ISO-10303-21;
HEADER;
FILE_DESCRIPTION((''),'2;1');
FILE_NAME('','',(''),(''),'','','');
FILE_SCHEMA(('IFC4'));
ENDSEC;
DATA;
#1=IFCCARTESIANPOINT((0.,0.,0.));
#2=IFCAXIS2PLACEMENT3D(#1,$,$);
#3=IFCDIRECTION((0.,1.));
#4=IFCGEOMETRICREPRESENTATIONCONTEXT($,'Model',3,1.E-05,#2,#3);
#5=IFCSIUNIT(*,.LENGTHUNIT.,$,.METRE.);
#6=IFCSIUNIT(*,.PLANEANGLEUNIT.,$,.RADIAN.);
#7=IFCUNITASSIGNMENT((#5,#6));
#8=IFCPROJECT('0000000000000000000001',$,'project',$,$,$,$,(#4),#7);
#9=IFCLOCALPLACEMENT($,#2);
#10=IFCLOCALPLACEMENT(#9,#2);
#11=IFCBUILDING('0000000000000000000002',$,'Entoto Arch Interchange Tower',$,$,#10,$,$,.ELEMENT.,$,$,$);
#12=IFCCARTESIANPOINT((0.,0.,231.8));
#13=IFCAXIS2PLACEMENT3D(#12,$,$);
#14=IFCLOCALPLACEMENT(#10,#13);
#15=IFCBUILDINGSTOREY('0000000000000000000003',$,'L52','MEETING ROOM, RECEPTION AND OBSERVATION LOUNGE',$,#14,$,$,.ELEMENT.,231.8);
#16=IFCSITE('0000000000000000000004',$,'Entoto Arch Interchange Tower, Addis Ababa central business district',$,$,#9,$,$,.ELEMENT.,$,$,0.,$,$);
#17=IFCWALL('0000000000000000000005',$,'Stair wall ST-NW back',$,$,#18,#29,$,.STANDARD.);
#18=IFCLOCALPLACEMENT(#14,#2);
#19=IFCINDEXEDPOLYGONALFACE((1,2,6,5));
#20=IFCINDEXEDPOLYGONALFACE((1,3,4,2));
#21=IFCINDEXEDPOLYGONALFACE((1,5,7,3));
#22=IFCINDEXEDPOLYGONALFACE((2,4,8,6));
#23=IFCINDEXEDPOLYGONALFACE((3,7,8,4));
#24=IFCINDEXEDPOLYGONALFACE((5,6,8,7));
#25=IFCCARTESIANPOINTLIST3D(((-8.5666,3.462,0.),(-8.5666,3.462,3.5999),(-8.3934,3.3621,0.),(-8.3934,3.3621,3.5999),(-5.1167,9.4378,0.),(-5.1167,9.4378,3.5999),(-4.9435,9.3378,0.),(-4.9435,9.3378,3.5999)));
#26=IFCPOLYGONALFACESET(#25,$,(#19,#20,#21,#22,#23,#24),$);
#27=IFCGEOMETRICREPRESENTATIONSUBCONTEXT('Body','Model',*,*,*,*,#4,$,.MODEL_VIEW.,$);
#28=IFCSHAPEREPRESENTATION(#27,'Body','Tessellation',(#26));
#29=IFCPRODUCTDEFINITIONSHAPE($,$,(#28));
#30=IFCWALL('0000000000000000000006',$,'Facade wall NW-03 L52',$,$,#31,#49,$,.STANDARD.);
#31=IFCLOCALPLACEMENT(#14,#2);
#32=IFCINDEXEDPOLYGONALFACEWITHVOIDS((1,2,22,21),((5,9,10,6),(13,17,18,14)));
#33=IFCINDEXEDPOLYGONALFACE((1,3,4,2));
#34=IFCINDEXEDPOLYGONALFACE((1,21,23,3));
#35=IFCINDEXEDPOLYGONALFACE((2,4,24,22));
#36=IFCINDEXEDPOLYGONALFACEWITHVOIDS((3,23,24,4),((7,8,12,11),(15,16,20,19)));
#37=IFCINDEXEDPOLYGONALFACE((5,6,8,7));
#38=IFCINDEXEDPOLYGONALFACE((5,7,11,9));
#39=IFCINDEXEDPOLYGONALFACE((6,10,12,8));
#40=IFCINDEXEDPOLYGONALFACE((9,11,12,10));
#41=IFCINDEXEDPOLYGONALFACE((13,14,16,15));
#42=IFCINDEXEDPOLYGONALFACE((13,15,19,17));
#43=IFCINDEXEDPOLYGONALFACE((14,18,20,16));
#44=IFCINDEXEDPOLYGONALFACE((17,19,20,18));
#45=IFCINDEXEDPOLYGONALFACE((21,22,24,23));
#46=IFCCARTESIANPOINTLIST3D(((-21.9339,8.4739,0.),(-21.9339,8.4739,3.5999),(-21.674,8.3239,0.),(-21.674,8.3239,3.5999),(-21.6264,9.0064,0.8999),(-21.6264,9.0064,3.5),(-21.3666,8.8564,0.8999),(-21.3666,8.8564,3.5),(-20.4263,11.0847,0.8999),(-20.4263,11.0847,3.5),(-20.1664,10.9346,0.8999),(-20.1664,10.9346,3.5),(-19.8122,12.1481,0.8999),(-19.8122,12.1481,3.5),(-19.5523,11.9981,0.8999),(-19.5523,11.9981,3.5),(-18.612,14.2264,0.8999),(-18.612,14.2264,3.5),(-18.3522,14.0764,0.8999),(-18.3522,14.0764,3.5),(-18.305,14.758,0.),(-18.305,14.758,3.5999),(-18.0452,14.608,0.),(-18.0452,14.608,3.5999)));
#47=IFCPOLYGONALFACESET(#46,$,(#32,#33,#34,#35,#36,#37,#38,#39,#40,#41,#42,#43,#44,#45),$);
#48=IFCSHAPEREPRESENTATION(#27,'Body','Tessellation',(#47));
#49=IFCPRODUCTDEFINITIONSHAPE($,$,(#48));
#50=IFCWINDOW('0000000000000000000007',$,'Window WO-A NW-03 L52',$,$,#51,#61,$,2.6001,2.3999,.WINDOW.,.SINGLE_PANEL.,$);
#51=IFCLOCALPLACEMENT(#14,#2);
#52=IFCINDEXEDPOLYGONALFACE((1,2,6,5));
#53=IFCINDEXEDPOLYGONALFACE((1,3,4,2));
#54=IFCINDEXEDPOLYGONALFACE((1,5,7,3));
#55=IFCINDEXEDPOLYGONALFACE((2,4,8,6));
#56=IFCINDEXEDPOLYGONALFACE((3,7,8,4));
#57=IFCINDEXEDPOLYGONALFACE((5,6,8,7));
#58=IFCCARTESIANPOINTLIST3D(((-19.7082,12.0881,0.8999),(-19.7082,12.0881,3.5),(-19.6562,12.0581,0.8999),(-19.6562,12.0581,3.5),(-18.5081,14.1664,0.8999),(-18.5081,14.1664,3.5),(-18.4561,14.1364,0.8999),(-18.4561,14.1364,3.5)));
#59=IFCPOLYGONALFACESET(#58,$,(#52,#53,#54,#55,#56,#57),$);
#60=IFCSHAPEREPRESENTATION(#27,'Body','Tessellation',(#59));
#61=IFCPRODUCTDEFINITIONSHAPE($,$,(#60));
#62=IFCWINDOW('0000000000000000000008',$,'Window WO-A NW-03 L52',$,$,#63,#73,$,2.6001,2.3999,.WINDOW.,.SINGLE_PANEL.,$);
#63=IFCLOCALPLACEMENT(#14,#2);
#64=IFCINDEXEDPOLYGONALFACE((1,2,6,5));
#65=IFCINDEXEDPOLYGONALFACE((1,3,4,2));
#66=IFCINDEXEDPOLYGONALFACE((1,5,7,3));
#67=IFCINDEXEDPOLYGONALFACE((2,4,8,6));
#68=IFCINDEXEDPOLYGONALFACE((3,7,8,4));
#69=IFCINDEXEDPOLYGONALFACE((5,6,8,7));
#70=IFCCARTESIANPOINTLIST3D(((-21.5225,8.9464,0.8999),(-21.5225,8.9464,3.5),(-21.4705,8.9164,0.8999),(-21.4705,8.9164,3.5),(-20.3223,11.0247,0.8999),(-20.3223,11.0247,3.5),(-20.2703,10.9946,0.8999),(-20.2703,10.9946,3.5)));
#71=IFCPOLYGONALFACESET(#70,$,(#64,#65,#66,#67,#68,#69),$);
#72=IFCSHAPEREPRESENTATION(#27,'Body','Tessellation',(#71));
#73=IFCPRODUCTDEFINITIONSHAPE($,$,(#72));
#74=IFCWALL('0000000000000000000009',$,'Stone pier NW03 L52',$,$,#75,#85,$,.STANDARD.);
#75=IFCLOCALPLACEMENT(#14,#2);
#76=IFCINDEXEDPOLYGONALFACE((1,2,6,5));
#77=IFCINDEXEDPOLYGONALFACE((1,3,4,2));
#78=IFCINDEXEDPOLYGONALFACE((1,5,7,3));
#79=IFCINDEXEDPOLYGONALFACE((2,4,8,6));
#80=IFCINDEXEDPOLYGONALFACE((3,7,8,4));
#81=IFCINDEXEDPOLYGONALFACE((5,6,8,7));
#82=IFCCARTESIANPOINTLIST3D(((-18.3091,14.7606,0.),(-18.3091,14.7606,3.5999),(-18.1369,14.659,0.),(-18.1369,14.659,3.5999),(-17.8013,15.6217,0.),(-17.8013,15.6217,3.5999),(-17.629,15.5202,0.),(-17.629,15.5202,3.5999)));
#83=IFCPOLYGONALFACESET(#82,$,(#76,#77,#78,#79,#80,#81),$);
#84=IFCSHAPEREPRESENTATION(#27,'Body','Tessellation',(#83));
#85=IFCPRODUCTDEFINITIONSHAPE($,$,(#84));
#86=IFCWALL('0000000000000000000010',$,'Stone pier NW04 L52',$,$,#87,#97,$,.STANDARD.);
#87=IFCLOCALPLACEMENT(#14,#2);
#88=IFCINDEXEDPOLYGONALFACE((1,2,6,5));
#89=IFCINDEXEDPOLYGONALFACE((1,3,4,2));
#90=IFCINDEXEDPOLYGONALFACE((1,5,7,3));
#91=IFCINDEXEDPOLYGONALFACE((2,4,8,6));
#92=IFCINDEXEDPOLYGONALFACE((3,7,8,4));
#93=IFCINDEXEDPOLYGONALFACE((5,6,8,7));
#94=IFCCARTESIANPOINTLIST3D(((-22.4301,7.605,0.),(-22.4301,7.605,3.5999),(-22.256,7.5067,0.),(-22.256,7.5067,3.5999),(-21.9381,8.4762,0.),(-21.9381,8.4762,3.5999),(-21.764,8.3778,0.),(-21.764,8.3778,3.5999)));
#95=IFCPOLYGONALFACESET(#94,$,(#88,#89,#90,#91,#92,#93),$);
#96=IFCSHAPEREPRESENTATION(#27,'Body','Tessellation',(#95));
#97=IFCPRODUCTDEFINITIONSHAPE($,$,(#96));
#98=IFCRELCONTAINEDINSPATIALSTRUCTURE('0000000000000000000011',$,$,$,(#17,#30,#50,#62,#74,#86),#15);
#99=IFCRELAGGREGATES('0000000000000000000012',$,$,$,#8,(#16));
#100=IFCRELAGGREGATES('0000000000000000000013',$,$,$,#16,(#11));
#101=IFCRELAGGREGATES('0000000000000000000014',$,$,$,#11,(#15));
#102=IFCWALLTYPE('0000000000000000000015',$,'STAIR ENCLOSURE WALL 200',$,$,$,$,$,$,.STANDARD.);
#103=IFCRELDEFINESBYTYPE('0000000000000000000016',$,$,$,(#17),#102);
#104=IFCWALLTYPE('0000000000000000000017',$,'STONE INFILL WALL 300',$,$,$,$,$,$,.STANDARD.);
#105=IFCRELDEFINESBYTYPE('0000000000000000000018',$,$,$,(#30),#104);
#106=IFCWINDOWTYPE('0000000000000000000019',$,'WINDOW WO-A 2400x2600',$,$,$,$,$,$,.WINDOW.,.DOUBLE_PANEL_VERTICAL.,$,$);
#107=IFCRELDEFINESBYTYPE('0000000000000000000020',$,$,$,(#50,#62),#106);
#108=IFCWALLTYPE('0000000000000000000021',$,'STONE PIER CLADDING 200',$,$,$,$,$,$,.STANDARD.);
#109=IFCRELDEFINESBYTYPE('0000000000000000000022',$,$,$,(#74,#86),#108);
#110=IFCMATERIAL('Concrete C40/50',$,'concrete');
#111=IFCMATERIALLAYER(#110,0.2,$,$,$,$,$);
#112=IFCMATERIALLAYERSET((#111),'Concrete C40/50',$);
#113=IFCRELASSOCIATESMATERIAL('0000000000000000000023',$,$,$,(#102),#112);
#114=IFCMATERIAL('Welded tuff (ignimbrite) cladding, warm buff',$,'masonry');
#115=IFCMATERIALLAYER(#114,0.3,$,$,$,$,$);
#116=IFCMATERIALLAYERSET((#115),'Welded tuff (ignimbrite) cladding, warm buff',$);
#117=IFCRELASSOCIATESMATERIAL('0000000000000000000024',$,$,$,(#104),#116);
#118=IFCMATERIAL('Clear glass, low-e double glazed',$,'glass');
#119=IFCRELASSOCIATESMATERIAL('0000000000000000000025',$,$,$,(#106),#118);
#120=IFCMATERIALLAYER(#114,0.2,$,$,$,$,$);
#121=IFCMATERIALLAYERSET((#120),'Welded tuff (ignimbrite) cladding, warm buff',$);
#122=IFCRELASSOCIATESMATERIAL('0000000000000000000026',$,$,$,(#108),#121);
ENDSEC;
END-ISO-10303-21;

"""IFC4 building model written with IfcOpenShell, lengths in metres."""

from ifc_helpers import new_model, si_unit, direction, frame, frame_2d, origin, place, context, subcontext, project, spatial, rectangle, extrude, material, layer, layer_set, type_object, element, fill, save


model = new_model("IFC4")

# Units and contexts
model_context = context("Model", 3, precision=1e-05, world=origin(), true_north=direction((0.0, 1.0)))
body_context = subcontext(model_context, "Body", "Model", "MODEL_VIEW")
ifc_project = project(units=[si_unit("LENGTHUNIT", "METRE"), si_unit("PLANEANGLEUNIT", "RADIAN")], contexts=[model_context])

# Site, building, storey
site_placement = place(None, origin())
site = spatial("IfcSite", under=ifc_project, at=site_placement, Name="Entoto Arch Interchange Tower, Addis Ababa central business district", CompositionType="ELEMENT", RefElevation=0.0)
building_placement = place(site_placement, origin())
building = spatial("IfcBuilding", under=site, at=building_placement, Name="Entoto Arch Interchange Tower", CompositionType="ELEMENT")
storey_placement = place(building_placement, frame((0.0, 0.0, 231.8)))
storey = spatial("IfcBuildingStorey", under=building, at=storey_placement, Name="L52", Description="MEETING ROOM, RECEPTION AND OBSERVATION LOUNGE", CompositionType="ELEMENT", Elevation=231.8)

# Shared definitions
ifc_material_1 = material(Name="Concrete C40/50", Category="concrete")

# Wall
ifc_layer_1 = layer(ifc_material_1, 0.2)
ifc_layer_set_1 = layer_set([ifc_layer_1], Name="Concrete C40/50")
wall_type_1 = type_object("IfcWallType", Name="STAIR ENCLOSURE WALL 200", PredefinedType="STANDARD", material=ifc_layer_set_1)
wall_1_placement = place(storey_placement, frame((-5.03, 9.3879, 0.0), z_axis=(0.0, 0.0, 1.0), x_axis=(-0.499979, -0.866038, 0.0)))
element("IfcWall", 1, at=wall_1_placement, inside=storey, type_object=wall_type_1, Name="Stair wall ST-NW back", PredefinedType="STANDARD", context=body_context, shape_type="SweptSolid", body=[
    extrude(rectangle(XDim=6.9001, YDim=0.2, at=frame_2d((3.4502, 0.0))), origin(), (0.0, 0.0, 1.0), 3.5999),
])

# Wall, openings, windows
ifc_material_2 = material(Name="Welded tuff (ignimbrite) cladding, warm buff", Category="masonry")
ifc_layer_2 = layer(ifc_material_2, 0.3)
ifc_layer_set_2 = layer_set([ifc_layer_2], Name="Welded tuff (ignimbrite) cladding, warm buff")
wall_type_2 = type_object("IfcWallType", Name="STONE INFILL WALL 300", PredefinedType="STANDARD", material=ifc_layer_set_2)
wall_2_placement = place(storey_placement, frame((-18.175, 14.6831, 0.0), z_axis=(0.0, 0.0, 1.0), x_axis=(-0.500076, -0.865982, 0.0)))
wall_2 = element("IfcWall", 2, at=wall_2_placement, inside=storey, type_object=wall_type_2, Name="Facade wall NW-03 L52", PredefinedType="STANDARD", context=body_context, shape_type="SweptSolid", body=[
    extrude(rectangle(XDim=7.2566, YDim=0.3, at=frame_2d((3.6284, 0.0))), origin(), (0.0, 0.0, 1.0), 3.5999),
])
opening_1_placement = place(wall_2_placement, frame((0.614, 0.0, 0.8999)))
opening_1 = element("IfcOpeningElement", 3, at=opening_1_placement, cuts=wall_2, PredefinedType="OPENING", context=body_context, shape_type="SweptSolid", body=[
    extrude(rectangle(XDim=2.3999, YDim=2.6001, at=frame_2d((1.2, 1.3))), frame((0.0, 0.1602, 0.0), z_axis=(0.0, -1.0, 0.0), x_axis=(1.0, 0.0, 0.0)), (0.0, 0.0, 1.0), 0.3201),
])
opening_2_placement = place(wall_2_placement, frame((4.2419, 0.0, 0.8999)))
opening_2 = element("IfcOpeningElement", 4, at=opening_2_placement, cuts=wall_2, PredefinedType="OPENING", context=body_context, shape_type="SweptSolid", body=[
    extrude(rectangle(XDim=2.3999, YDim=2.6001, at=frame_2d((1.2, 1.3))), frame((0.0, 0.1602, 0.0), z_axis=(0.0, -1.0, 0.0), x_axis=(1.0, 0.0, 0.0)), (0.0, 0.0, 1.0), 0.3201),
])
ifc_material_3 = material(Name="Clear glass, low-e double glazed", Category="glass")
window_type = type_object("IfcWindowType", Name="WINDOW WO-A 2400x2600", PartitioningType="DOUBLE_PANEL_VERTICAL", PredefinedType="WINDOW", material=ifc_material_3)
window_1_placement = place(opening_1_placement, origin())
window_1 = element("IfcWindow", 5, at=window_1_placement, inside=storey, type_object=window_type, Name="Window WO-A NW-03 L52", OverallHeight=2.6001, OverallWidth=2.3999, PartitioningType="SINGLE_PANEL", PredefinedType="WINDOW", context=body_context, shape_type="SweptSolid", body=[
    extrude(rectangle(XDim=2.3999, YDim=2.6001, at=frame_2d((1.2, 1.3))), frame((0.0, 0.03, 0.0), z_axis=(0.0, -1.0, 0.0), x_axis=(1.0, 0.0, 0.0)), (0.0, 0.0, 1.0), 0.0601),
])
fill(opening_1, window_1)
window_2_placement = place(opening_2_placement, origin())
window_2 = element("IfcWindow", 6, at=window_2_placement, inside=storey, type_object=window_type, Name="Window WO-A NW-03 L52", OverallHeight=2.6001, OverallWidth=2.3999, PartitioningType="SINGLE_PANEL", PredefinedType="WINDOW", context=body_context, shape_type="SweptSolid", body=[
    extrude(rectangle(XDim=2.3999, YDim=2.6001, at=frame_2d((1.2, 1.3))), frame((0.0, 0.03, 0.0), z_axis=(0.0, -1.0, 0.0), x_axis=(1.0, 0.0, 0.0)), (0.0, 0.0, 1.0), 0.0601),
])
fill(opening_2, window_2)

# Walls
ifc_layer_3 = layer(ifc_material_2, 0.2)
ifc_layer_set_3 = layer_set([ifc_layer_3], Name="Welded tuff (ignimbrite) cladding, warm buff")
wall_type_3 = type_object("IfcWallType", Name="STONE PIER CLADDING 200", PredefinedType="STANDARD", material=ifc_layer_set_3)
wall_3_placement = place(storey_placement, frame((-17.7151, 15.571, 0.0), z_axis=(0.0, 0.0, 1.0), x_axis=(-0.50798, -0.861369, 0.0)))
element("IfcWall", 7, at=wall_3_placement, inside=storey, type_object=wall_type_3, Name="Stone pier NW03 L52", PredefinedType="STANDARD", context=body_context, shape_type="SweptSolid", body=[
    extrude(rectangle(XDim=0.9998, YDim=0.2, at=frame_2d((0.5, 0.0))), origin(), (0.0, 0.0, 1.0), 3.5999),
])
wall_4_placement = place(storey_placement, frame((-21.8511, 8.427, 0.0), z_axis=(0.0, 0.0, 1.0), x_axis=(-0.491744, -0.87074, 0.0)))
element("IfcWall", 8, at=wall_4_placement, inside=storey, type_object=wall_type_3, Name="Stone pier NW04 L52", PredefinedType="STANDARD", context=body_context, shape_type="SweptSolid", body=[
    extrude(rectangle(XDim=1.0005, YDim=0.2, at=frame_2d((0.5002, 0.0))), origin(), (0.0, 0.0, 1.0), 3.5999),
])

save(model, "model.ifc")
